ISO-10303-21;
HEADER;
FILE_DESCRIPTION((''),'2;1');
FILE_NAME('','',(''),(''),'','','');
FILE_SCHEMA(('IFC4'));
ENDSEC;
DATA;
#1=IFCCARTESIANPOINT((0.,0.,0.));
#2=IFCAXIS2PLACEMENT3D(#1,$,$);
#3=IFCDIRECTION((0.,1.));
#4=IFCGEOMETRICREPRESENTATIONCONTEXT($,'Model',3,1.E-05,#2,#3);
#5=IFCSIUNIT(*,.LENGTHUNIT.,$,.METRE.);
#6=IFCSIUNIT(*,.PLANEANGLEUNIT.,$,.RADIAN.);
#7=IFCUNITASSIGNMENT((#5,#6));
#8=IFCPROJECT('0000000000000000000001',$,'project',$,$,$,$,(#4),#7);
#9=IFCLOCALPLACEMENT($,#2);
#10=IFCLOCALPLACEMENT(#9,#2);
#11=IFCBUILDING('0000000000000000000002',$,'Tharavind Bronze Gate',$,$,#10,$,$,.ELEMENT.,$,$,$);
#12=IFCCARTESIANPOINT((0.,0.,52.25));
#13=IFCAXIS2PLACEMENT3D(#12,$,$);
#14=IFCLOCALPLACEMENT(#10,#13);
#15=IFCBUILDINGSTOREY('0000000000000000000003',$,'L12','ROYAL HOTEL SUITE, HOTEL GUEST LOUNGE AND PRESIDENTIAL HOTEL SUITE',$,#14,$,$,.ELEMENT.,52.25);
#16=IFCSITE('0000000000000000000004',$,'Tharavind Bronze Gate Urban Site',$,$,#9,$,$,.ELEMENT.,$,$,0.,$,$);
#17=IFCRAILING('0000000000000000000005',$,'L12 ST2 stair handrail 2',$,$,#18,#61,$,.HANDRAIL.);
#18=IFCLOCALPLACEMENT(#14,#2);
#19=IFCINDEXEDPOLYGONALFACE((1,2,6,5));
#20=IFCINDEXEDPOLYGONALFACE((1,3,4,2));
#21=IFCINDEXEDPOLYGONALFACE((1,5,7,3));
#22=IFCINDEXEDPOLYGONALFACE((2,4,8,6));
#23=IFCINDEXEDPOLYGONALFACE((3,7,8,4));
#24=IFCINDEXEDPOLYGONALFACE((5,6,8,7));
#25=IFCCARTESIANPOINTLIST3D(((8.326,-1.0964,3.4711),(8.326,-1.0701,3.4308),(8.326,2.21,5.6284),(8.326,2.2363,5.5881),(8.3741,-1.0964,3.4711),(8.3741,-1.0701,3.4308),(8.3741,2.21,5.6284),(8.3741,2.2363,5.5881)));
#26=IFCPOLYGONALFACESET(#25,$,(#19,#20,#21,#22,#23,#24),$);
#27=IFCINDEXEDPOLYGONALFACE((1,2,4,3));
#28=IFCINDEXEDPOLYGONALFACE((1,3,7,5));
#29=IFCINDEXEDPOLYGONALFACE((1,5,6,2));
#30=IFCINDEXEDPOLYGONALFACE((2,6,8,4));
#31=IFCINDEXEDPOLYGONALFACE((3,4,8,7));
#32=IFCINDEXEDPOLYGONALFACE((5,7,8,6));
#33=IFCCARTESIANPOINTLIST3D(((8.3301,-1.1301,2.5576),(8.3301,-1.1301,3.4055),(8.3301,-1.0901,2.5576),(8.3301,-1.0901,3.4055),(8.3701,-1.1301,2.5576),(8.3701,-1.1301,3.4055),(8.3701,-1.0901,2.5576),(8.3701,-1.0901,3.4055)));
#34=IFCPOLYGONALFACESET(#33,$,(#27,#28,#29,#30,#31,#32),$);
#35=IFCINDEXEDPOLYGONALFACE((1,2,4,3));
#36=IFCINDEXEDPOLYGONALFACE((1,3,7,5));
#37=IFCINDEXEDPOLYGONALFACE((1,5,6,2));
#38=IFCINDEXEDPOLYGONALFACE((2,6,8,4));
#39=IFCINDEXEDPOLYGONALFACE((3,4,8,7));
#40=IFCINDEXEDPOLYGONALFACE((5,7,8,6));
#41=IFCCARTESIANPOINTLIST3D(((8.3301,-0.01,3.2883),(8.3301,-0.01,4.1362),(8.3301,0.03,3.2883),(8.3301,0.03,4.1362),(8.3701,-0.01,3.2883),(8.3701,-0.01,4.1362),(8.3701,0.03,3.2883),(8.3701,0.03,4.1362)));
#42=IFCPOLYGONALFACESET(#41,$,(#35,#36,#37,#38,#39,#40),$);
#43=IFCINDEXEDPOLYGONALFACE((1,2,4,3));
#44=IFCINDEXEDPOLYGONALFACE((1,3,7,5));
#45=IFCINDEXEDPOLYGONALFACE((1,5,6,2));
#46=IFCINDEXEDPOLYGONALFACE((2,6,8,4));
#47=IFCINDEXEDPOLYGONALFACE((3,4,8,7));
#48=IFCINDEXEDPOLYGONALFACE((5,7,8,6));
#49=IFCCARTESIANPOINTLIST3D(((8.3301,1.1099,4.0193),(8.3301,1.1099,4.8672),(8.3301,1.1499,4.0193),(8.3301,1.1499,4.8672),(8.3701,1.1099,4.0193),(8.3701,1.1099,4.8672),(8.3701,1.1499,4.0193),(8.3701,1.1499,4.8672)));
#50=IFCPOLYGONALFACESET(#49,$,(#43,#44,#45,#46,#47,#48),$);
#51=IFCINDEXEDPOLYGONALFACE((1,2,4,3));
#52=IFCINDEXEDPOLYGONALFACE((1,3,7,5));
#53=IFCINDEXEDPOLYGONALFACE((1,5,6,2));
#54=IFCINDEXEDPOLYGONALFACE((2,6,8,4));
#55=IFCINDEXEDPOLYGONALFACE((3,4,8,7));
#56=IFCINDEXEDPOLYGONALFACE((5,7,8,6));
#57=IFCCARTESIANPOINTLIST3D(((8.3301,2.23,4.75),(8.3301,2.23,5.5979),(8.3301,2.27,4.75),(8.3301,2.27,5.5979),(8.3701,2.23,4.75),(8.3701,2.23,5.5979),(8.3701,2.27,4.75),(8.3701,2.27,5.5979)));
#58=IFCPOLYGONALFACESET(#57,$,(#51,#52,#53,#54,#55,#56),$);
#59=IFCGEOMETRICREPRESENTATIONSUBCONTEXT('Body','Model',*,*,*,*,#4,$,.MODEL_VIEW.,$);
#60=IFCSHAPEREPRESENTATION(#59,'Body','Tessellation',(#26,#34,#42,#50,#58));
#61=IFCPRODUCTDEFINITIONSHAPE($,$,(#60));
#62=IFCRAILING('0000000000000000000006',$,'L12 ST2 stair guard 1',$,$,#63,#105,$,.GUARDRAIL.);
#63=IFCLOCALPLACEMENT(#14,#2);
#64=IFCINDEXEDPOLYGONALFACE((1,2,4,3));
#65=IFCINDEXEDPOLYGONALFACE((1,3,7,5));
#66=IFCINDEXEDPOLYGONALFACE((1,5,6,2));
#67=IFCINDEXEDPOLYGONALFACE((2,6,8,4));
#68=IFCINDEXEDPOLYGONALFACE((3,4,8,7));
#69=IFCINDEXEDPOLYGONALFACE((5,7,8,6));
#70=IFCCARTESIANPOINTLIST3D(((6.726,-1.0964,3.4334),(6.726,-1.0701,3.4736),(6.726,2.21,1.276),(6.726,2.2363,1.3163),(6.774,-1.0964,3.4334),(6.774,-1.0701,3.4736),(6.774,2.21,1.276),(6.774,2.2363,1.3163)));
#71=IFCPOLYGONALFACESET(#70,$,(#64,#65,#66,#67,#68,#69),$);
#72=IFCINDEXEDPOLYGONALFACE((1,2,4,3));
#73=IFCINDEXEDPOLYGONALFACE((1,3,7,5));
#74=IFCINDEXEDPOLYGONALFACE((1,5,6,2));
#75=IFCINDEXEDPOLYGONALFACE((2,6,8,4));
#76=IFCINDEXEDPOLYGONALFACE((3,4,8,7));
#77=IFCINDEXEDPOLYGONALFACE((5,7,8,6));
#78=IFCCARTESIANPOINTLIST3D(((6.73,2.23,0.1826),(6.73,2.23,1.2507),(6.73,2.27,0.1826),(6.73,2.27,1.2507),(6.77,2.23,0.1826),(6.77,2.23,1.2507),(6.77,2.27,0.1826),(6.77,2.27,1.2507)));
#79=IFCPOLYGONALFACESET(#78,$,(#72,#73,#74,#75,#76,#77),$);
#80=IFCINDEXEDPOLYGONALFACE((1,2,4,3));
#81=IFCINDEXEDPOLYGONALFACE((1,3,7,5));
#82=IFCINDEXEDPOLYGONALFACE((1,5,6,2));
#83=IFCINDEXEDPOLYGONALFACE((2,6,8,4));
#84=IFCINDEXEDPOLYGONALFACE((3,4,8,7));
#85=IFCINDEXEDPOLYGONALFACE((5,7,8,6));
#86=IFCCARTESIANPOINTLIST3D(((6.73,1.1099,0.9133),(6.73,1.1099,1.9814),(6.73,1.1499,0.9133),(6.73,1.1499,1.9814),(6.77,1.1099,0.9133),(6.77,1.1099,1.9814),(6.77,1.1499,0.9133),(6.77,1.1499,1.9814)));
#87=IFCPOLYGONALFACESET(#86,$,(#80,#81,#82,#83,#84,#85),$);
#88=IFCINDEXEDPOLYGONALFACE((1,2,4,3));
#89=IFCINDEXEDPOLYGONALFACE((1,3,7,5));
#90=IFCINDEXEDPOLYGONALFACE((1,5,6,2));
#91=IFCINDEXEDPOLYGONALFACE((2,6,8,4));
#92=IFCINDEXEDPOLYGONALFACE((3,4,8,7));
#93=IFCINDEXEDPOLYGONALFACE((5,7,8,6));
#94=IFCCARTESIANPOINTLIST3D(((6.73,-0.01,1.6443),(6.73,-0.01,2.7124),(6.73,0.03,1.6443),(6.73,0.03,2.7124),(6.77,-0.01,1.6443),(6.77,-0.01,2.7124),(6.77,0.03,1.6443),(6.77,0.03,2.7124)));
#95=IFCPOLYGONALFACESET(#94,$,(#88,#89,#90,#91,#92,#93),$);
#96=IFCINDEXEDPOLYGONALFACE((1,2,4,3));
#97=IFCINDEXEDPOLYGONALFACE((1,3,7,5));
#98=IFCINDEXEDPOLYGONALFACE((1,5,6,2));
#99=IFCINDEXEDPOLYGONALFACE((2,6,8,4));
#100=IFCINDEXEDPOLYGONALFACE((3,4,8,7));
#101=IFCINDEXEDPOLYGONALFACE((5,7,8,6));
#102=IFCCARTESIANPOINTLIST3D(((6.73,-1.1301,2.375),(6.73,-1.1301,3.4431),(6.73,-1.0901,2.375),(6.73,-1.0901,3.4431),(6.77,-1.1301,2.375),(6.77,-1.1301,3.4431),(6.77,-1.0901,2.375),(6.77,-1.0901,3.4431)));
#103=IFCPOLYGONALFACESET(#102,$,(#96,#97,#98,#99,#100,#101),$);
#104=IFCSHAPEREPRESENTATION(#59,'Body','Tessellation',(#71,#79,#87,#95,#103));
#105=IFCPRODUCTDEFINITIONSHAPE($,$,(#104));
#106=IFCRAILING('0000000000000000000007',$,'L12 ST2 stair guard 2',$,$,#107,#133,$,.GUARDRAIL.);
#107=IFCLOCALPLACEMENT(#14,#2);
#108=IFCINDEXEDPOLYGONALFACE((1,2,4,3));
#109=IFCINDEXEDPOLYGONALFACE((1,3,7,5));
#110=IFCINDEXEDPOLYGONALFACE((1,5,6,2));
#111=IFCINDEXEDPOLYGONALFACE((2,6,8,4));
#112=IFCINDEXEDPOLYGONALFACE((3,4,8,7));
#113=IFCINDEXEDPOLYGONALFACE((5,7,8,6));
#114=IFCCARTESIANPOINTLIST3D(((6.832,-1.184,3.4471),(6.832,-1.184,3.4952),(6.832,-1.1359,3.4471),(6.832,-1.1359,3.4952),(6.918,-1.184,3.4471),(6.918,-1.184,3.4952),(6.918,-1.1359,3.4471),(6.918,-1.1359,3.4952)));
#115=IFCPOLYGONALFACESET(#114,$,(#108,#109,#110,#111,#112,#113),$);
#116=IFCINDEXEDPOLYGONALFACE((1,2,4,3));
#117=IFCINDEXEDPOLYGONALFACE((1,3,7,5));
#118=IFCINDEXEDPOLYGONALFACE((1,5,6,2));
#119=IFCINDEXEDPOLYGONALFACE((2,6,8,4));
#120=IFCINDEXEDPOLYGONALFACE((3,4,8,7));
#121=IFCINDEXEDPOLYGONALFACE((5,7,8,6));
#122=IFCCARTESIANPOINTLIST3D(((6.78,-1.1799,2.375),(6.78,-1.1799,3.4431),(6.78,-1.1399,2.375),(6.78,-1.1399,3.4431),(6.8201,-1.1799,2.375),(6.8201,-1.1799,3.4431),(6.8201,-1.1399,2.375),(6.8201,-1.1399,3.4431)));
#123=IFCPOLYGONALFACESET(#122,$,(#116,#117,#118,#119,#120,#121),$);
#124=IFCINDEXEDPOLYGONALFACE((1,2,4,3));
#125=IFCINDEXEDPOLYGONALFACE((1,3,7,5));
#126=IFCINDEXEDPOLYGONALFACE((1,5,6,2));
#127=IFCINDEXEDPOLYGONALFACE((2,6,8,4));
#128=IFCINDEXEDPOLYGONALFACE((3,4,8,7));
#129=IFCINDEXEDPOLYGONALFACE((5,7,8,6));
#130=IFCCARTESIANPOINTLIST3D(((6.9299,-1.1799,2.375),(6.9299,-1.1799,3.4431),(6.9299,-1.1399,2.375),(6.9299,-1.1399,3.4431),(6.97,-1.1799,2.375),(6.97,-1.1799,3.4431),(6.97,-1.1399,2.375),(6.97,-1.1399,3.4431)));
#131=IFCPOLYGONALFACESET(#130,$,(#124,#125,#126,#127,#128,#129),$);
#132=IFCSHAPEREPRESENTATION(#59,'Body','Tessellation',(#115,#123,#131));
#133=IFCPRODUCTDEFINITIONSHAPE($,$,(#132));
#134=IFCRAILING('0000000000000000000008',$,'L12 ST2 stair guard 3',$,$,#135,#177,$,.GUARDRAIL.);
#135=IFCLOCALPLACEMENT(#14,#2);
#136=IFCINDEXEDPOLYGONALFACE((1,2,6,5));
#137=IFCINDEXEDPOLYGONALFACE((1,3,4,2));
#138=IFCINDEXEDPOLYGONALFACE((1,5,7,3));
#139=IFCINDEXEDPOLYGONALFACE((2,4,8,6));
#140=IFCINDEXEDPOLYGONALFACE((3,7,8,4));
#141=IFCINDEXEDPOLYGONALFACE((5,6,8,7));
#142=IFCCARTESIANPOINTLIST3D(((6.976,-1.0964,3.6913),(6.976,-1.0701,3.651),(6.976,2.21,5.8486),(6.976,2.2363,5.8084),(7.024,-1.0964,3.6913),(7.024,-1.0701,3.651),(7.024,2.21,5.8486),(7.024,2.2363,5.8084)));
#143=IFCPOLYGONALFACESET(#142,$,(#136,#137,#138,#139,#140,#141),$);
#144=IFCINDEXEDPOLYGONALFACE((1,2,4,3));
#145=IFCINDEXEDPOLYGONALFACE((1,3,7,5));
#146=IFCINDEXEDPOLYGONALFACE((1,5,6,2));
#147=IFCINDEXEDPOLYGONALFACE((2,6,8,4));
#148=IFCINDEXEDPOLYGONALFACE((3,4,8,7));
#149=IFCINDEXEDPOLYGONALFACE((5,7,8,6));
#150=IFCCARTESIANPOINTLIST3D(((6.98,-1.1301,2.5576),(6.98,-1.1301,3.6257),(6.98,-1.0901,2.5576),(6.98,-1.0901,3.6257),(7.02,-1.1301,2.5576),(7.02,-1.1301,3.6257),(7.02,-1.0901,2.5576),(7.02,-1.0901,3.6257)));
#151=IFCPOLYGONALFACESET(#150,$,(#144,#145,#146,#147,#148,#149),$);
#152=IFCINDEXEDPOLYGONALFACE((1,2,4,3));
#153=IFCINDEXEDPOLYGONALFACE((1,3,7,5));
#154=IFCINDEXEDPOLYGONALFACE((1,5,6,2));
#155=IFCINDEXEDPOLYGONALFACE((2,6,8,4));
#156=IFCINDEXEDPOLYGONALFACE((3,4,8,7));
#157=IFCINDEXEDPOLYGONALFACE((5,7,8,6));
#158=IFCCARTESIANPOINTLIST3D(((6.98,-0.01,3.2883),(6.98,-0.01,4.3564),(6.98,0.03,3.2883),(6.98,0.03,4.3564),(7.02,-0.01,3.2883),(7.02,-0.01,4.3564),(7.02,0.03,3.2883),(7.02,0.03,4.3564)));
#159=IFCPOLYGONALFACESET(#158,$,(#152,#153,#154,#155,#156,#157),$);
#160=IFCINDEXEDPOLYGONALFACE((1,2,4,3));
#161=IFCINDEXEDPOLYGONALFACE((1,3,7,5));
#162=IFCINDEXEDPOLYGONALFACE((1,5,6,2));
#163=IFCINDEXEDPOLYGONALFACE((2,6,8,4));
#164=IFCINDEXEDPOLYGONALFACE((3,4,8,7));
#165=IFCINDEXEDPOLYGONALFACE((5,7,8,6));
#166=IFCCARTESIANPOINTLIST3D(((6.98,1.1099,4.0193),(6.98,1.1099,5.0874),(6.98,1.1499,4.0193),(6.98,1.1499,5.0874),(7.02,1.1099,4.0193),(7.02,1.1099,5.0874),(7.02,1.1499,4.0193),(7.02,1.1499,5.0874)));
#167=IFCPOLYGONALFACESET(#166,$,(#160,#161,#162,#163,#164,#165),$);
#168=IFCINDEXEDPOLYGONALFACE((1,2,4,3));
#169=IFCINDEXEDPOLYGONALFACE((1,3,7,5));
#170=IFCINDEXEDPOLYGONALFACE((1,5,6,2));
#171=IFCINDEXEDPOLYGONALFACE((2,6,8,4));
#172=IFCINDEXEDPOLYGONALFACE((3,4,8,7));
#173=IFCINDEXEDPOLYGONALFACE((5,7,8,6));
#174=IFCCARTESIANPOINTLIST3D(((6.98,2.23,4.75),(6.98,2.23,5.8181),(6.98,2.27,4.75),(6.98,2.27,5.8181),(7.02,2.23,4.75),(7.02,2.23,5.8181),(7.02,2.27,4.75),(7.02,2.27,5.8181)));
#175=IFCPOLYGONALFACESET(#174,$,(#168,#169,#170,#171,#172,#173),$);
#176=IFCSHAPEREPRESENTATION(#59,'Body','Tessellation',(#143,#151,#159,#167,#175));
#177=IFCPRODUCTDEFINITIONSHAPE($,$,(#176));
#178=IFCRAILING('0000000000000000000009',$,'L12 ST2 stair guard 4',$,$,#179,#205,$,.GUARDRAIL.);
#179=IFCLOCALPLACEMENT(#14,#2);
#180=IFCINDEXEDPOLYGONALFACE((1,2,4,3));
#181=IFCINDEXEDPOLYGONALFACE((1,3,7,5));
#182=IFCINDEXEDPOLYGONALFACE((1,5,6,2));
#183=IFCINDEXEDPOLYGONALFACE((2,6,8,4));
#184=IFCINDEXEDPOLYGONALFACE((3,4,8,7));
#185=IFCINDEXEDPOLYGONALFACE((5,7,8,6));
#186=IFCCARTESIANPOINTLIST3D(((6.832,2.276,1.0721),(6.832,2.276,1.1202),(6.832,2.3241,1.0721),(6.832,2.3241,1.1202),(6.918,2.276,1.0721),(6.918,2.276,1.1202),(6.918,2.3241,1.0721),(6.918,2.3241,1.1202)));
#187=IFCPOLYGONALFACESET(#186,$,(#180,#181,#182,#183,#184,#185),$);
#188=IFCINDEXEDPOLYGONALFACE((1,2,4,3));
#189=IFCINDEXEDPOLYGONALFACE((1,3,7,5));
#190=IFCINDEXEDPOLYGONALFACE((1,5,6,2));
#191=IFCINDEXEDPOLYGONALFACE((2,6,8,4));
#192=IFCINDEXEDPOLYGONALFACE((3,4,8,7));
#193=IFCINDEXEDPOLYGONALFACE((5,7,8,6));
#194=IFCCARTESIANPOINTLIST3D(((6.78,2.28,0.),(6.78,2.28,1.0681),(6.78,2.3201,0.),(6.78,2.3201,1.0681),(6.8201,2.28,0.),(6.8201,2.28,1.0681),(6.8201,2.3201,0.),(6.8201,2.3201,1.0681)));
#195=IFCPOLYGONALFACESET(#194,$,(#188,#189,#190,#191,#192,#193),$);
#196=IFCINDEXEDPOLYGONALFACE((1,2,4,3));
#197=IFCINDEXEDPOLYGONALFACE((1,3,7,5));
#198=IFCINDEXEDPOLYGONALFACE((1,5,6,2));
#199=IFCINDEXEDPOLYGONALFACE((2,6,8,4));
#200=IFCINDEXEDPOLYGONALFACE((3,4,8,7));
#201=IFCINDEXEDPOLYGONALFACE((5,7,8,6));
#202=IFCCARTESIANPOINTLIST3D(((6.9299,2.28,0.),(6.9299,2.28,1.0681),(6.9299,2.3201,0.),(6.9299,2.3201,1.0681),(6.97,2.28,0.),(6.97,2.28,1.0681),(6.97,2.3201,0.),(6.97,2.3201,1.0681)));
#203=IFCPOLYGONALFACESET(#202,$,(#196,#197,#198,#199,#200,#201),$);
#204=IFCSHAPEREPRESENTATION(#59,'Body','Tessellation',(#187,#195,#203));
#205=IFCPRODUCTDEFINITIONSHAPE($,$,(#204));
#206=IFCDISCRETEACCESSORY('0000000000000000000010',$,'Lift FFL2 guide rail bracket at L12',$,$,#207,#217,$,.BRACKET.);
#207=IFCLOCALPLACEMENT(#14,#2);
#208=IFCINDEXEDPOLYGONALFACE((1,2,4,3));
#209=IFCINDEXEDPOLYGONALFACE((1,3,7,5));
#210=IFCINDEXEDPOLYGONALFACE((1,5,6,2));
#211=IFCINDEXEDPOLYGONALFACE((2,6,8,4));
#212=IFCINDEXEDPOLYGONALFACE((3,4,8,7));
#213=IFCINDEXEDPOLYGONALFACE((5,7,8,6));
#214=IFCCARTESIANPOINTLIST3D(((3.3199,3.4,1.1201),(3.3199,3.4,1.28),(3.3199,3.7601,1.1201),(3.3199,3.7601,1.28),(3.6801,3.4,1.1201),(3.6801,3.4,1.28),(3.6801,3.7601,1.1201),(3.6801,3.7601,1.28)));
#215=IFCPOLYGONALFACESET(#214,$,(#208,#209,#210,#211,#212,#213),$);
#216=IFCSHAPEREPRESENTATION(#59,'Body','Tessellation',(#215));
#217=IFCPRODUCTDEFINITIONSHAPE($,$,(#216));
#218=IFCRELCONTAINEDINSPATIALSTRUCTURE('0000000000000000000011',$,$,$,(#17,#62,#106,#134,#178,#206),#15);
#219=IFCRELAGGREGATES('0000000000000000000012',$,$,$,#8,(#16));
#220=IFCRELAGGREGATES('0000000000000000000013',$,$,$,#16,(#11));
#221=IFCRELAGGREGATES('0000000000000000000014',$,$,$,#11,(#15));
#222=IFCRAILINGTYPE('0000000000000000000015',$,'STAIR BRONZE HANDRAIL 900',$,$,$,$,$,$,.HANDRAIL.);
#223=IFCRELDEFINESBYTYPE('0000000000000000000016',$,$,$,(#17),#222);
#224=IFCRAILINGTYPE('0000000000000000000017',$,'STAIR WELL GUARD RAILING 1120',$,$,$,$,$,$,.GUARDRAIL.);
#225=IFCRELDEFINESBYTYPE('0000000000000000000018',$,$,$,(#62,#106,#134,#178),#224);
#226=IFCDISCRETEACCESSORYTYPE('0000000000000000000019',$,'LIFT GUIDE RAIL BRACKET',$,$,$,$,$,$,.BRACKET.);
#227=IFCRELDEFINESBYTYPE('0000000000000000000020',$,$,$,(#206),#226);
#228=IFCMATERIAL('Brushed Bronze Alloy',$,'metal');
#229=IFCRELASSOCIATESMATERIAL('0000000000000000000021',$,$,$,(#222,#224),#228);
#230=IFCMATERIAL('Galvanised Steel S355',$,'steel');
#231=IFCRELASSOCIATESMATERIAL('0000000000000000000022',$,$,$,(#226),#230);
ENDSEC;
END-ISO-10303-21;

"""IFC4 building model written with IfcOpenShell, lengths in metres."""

from ifc_helpers import new_model, si_unit, direction, frame, origin, origin_2d, place, context, subcontext, project, spatial, rectangle, extrude, material, type_object, element, save


model = new_model("IFC4")

# Units and contexts
model_context = context("Model", 3, precision=1e-05, world=origin(), true_north=direction((0.0, 1.0)))
body_context = subcontext(model_context, "Body", "Model", "MODEL_VIEW")
ifc_project = project(units=[si_unit("LENGTHUNIT", "METRE"), si_unit("PLANEANGLEUNIT", "RADIAN")], contexts=[model_context])

# Site, building, storey
site_placement = place(None, origin())
site = spatial("IfcSite", under=ifc_project, at=site_placement, Name="Tharavind Bronze Gate Urban Site", CompositionType="ELEMENT", RefElevation=0.0)
building_placement = place(site_placement, origin())
building = spatial("IfcBuilding", under=site, at=building_placement, Name="Tharavind Bronze Gate", CompositionType="ELEMENT")
storey_placement = place(building_placement, frame((0.0, 0.0, 52.25)))
storey = spatial("IfcBuildingStorey", under=building, at=storey_placement, Name="L12", Description="ROYAL HOTEL SUITE, HOTEL GUEST LOUNGE AND PRESIDENTIAL HOTEL SUITE", CompositionType="ELEMENT", Elevation=52.25)

# Railings
ifc_material_1 = material(Name="Brushed Bronze Alloy", Category="metal")
railing_type_1 = type_object("IfcRailingType", Name="STAIR BRONZE HANDRAIL 900", PredefinedType="HANDRAIL", material=ifc_material_1)
railing_1_placement = place(storey_placement, frame((8.3501, -1.1101, 2.5576)))
element("IfcRailing", 1, at=railing_1_placement, inside=storey, type_object=railing_type_1, Name="L12 ST2 stair handrail 2", PredefinedType="HANDRAIL", context=body_context, shape_type="SweptSolid", body=[
    extrude(rectangle(XDim=0.0481, YDim=0.0481, at=origin_2d()), frame((0.0, 0.0269, 0.8933), z_axis=(0.0, 0.837496, 0.546444), x_axis=(-1.0, 0.0, 0.0)), (0.0, 0.0, 1.0), 3.948),
    extrude(rectangle(XDim=0.04, YDim=0.04, at=origin_2d()), origin(), (0.0, 0.0, 1.0), 0.8479),
    extrude(rectangle(XDim=0.04, YDim=0.04, at=origin_2d()), frame((0.0, 1.1201, 0.7307)), (0.0, 0.0, 1.0), 0.8479),
    extrude(rectangle(XDim=0.04, YDim=0.04, at=origin_2d()), frame((0.0, 2.24, 1.4617)), (0.0, 0.0, 1.0), 0.8479),
    extrude(rectangle(XDim=0.04, YDim=0.04, at=origin_2d()), frame((0.0, 3.3601, 2.1924)), (0.0, 0.0, 1.0), 0.8479),
])
railing_type_2 = type_object("IfcRailingType", Name="STAIR WELL GUARD RAILING 1120", PredefinedType="GUARDRAIL", material=ifc_material_1)
railing_2_placement = place(storey_placement, frame((6.75, 2.25, 0.1826)))
element("IfcRailing", 2, at=railing_2_placement, inside=storey, type_object=railing_type_2, Name="L12 ST2 stair guard 1", PredefinedType="GUARDRAIL", context=body_context, shape_type="SweptSolid", body=[
    extrude(rectangle(XDim=0.0481, YDim=0.0481, at=origin_2d()), frame((0.0, -0.0269, 1.1135), z_axis=(0.0, -0.837496, 0.546444), x_axis=(1.0, 0.0, 0.0)), (0.0, 0.0, 1.0), 3.948),
    extrude(rectangle(XDim=0.04, YDim=0.04, at=origin_2d()), origin(), (0.0, 0.0, 1.0), 1.0681),
    extrude(rectangle(XDim=0.04, YDim=0.04, at=origin_2d()), frame((0.0, -1.1201, 0.7307)), (0.0, 0.0, 1.0), 1.0681),
    extrude(rectangle(XDim=0.04, YDim=0.04, at=origin_2d()), frame((0.0, -2.24, 1.4617)), (0.0, 0.0, 1.0), 1.0681),
    extrude(rectangle(XDim=0.04, YDim=0.04, at=origin_2d()), frame((0.0, -3.3601, 2.1924)), (0.0, 0.0, 1.0), 1.0681),
])
railing_3_placement = place(storey_placement, frame((6.8, -1.1599, 2.375)))
element("IfcRailing", 3, at=railing_3_placement, inside=storey, type_object=railing_type_2, Name="L12 ST2 stair guard 2", PredefinedType="GUARDRAIL", context=body_context, shape_type="SweptSolid", body=[
    extrude(rectangle(XDim=0.0481, YDim=0.0481, at=origin_2d()), frame((0.032, 0.0, 1.0962), z_axis=(1.0, 0.0, 0.0), x_axis=(0.0, 1.0, 0.0)), (0.0, 0.0, 1.0), 0.0859),
    extrude(rectangle(XDim=0.04, YDim=0.04, at=origin_2d()), origin(), (0.0, 0.0, 1.0), 1.0681),
    extrude(rectangle(XDim=0.04, YDim=0.04, at=origin_2d()), frame((0.1499, 0.0, 0.0)), (0.0, 0.0, 1.0), 1.0681),
])
railing_4_placement = place(storey_placement, frame((7.0, -1.1101, 2.5576)))
element("IfcRailing", 4, at=railing_4_placement, inside=storey, type_object=railing_type_2, Name="L12 ST2 stair guard 3", PredefinedType="GUARDRAIL", context=body_context, shape_type="SweptSolid", body=[
    extrude(rectangle(XDim=0.0481, YDim=0.0481, at=origin_2d()), frame((0.0, 0.0269, 1.1135), z_axis=(0.0, 0.837496, 0.546444), x_axis=(-1.0, 0.0, 0.0)), (0.0, 0.0, 1.0), 3.948),
    extrude(rectangle(XDim=0.04, YDim=0.04, at=origin_2d()), origin(), (0.0, 0.0, 1.0), 1.0681),
    extrude(rectangle(XDim=0.04, YDim=0.04, at=origin_2d()), frame((0.0, 1.1201, 0.7307)), (0.0, 0.0, 1.0), 1.0681),
    extrude(rectangle(XDim=0.04, YDim=0.04, at=origin_2d()), frame((0.0, 2.24, 1.4617)), (0.0, 0.0, 1.0), 1.0681),
    extrude(rectangle(XDim=0.04, YDim=0.04, at=origin_2d()), frame((0.0, 3.3601, 2.1924)), (0.0, 0.0, 1.0), 1.0681),
])
railing_5_placement = place(storey_placement, frame((6.8, 2.3, 0.0)))
element("IfcRailing", 5, at=railing_5_placement, inside=storey, type_object=railing_type_2, Name="L12 ST2 stair guard 4", PredefinedType="GUARDRAIL", context=body_context, shape_type="SweptSolid", body=[
    extrude(rectangle(XDim=0.0481, YDim=0.0481, at=origin_2d()), frame((0.032, 0.0, 1.0962), z_axis=(1.0, 0.0, 0.0), x_axis=(0.0, 1.0, 0.0)), (0.0, 0.0, 1.0), 0.0859),
    extrude(rectangle(XDim=0.04, YDim=0.04, at=origin_2d()), origin(), (0.0, 0.0, 1.0), 1.0681),
    extrude(rectangle(XDim=0.04, YDim=0.04, at=origin_2d()), frame((0.1499, 0.0, 0.0)), (0.0, 0.0, 1.0), 1.0681),
])

# Discrete accessory
ifc_material_2 = material(Name="Galvanised Steel S355", Category="steel")
discrete_accessory_type_1 = type_object("IfcDiscreteAccessoryType", Name="LIFT GUIDE RAIL BRACKET", PredefinedType="BRACKET", material=ifc_material_2)
discrete_accessory_1_placement = place(storey_placement, frame((3.5, 3.5801, 1.1201), z_axis=(0.0, 0.0, 1.0), x_axis=(1.0, 0.0, 0.0)))
element("IfcDiscreteAccessory", 6, at=discrete_accessory_1_placement, inside=storey, type_object=discrete_accessory_type_1, Name="Lift FFL2 guide rail bracket at L12", PredefinedType="BRACKET", context=body_context, shape_type="SweptSolid", body=[
    extrude(rectangle(XDim=0.3601, YDim=0.3601, at=origin_2d()), origin(), (0.0, 0.0, 1.0), 0.1599),
])

save(model, "model.ifc")
